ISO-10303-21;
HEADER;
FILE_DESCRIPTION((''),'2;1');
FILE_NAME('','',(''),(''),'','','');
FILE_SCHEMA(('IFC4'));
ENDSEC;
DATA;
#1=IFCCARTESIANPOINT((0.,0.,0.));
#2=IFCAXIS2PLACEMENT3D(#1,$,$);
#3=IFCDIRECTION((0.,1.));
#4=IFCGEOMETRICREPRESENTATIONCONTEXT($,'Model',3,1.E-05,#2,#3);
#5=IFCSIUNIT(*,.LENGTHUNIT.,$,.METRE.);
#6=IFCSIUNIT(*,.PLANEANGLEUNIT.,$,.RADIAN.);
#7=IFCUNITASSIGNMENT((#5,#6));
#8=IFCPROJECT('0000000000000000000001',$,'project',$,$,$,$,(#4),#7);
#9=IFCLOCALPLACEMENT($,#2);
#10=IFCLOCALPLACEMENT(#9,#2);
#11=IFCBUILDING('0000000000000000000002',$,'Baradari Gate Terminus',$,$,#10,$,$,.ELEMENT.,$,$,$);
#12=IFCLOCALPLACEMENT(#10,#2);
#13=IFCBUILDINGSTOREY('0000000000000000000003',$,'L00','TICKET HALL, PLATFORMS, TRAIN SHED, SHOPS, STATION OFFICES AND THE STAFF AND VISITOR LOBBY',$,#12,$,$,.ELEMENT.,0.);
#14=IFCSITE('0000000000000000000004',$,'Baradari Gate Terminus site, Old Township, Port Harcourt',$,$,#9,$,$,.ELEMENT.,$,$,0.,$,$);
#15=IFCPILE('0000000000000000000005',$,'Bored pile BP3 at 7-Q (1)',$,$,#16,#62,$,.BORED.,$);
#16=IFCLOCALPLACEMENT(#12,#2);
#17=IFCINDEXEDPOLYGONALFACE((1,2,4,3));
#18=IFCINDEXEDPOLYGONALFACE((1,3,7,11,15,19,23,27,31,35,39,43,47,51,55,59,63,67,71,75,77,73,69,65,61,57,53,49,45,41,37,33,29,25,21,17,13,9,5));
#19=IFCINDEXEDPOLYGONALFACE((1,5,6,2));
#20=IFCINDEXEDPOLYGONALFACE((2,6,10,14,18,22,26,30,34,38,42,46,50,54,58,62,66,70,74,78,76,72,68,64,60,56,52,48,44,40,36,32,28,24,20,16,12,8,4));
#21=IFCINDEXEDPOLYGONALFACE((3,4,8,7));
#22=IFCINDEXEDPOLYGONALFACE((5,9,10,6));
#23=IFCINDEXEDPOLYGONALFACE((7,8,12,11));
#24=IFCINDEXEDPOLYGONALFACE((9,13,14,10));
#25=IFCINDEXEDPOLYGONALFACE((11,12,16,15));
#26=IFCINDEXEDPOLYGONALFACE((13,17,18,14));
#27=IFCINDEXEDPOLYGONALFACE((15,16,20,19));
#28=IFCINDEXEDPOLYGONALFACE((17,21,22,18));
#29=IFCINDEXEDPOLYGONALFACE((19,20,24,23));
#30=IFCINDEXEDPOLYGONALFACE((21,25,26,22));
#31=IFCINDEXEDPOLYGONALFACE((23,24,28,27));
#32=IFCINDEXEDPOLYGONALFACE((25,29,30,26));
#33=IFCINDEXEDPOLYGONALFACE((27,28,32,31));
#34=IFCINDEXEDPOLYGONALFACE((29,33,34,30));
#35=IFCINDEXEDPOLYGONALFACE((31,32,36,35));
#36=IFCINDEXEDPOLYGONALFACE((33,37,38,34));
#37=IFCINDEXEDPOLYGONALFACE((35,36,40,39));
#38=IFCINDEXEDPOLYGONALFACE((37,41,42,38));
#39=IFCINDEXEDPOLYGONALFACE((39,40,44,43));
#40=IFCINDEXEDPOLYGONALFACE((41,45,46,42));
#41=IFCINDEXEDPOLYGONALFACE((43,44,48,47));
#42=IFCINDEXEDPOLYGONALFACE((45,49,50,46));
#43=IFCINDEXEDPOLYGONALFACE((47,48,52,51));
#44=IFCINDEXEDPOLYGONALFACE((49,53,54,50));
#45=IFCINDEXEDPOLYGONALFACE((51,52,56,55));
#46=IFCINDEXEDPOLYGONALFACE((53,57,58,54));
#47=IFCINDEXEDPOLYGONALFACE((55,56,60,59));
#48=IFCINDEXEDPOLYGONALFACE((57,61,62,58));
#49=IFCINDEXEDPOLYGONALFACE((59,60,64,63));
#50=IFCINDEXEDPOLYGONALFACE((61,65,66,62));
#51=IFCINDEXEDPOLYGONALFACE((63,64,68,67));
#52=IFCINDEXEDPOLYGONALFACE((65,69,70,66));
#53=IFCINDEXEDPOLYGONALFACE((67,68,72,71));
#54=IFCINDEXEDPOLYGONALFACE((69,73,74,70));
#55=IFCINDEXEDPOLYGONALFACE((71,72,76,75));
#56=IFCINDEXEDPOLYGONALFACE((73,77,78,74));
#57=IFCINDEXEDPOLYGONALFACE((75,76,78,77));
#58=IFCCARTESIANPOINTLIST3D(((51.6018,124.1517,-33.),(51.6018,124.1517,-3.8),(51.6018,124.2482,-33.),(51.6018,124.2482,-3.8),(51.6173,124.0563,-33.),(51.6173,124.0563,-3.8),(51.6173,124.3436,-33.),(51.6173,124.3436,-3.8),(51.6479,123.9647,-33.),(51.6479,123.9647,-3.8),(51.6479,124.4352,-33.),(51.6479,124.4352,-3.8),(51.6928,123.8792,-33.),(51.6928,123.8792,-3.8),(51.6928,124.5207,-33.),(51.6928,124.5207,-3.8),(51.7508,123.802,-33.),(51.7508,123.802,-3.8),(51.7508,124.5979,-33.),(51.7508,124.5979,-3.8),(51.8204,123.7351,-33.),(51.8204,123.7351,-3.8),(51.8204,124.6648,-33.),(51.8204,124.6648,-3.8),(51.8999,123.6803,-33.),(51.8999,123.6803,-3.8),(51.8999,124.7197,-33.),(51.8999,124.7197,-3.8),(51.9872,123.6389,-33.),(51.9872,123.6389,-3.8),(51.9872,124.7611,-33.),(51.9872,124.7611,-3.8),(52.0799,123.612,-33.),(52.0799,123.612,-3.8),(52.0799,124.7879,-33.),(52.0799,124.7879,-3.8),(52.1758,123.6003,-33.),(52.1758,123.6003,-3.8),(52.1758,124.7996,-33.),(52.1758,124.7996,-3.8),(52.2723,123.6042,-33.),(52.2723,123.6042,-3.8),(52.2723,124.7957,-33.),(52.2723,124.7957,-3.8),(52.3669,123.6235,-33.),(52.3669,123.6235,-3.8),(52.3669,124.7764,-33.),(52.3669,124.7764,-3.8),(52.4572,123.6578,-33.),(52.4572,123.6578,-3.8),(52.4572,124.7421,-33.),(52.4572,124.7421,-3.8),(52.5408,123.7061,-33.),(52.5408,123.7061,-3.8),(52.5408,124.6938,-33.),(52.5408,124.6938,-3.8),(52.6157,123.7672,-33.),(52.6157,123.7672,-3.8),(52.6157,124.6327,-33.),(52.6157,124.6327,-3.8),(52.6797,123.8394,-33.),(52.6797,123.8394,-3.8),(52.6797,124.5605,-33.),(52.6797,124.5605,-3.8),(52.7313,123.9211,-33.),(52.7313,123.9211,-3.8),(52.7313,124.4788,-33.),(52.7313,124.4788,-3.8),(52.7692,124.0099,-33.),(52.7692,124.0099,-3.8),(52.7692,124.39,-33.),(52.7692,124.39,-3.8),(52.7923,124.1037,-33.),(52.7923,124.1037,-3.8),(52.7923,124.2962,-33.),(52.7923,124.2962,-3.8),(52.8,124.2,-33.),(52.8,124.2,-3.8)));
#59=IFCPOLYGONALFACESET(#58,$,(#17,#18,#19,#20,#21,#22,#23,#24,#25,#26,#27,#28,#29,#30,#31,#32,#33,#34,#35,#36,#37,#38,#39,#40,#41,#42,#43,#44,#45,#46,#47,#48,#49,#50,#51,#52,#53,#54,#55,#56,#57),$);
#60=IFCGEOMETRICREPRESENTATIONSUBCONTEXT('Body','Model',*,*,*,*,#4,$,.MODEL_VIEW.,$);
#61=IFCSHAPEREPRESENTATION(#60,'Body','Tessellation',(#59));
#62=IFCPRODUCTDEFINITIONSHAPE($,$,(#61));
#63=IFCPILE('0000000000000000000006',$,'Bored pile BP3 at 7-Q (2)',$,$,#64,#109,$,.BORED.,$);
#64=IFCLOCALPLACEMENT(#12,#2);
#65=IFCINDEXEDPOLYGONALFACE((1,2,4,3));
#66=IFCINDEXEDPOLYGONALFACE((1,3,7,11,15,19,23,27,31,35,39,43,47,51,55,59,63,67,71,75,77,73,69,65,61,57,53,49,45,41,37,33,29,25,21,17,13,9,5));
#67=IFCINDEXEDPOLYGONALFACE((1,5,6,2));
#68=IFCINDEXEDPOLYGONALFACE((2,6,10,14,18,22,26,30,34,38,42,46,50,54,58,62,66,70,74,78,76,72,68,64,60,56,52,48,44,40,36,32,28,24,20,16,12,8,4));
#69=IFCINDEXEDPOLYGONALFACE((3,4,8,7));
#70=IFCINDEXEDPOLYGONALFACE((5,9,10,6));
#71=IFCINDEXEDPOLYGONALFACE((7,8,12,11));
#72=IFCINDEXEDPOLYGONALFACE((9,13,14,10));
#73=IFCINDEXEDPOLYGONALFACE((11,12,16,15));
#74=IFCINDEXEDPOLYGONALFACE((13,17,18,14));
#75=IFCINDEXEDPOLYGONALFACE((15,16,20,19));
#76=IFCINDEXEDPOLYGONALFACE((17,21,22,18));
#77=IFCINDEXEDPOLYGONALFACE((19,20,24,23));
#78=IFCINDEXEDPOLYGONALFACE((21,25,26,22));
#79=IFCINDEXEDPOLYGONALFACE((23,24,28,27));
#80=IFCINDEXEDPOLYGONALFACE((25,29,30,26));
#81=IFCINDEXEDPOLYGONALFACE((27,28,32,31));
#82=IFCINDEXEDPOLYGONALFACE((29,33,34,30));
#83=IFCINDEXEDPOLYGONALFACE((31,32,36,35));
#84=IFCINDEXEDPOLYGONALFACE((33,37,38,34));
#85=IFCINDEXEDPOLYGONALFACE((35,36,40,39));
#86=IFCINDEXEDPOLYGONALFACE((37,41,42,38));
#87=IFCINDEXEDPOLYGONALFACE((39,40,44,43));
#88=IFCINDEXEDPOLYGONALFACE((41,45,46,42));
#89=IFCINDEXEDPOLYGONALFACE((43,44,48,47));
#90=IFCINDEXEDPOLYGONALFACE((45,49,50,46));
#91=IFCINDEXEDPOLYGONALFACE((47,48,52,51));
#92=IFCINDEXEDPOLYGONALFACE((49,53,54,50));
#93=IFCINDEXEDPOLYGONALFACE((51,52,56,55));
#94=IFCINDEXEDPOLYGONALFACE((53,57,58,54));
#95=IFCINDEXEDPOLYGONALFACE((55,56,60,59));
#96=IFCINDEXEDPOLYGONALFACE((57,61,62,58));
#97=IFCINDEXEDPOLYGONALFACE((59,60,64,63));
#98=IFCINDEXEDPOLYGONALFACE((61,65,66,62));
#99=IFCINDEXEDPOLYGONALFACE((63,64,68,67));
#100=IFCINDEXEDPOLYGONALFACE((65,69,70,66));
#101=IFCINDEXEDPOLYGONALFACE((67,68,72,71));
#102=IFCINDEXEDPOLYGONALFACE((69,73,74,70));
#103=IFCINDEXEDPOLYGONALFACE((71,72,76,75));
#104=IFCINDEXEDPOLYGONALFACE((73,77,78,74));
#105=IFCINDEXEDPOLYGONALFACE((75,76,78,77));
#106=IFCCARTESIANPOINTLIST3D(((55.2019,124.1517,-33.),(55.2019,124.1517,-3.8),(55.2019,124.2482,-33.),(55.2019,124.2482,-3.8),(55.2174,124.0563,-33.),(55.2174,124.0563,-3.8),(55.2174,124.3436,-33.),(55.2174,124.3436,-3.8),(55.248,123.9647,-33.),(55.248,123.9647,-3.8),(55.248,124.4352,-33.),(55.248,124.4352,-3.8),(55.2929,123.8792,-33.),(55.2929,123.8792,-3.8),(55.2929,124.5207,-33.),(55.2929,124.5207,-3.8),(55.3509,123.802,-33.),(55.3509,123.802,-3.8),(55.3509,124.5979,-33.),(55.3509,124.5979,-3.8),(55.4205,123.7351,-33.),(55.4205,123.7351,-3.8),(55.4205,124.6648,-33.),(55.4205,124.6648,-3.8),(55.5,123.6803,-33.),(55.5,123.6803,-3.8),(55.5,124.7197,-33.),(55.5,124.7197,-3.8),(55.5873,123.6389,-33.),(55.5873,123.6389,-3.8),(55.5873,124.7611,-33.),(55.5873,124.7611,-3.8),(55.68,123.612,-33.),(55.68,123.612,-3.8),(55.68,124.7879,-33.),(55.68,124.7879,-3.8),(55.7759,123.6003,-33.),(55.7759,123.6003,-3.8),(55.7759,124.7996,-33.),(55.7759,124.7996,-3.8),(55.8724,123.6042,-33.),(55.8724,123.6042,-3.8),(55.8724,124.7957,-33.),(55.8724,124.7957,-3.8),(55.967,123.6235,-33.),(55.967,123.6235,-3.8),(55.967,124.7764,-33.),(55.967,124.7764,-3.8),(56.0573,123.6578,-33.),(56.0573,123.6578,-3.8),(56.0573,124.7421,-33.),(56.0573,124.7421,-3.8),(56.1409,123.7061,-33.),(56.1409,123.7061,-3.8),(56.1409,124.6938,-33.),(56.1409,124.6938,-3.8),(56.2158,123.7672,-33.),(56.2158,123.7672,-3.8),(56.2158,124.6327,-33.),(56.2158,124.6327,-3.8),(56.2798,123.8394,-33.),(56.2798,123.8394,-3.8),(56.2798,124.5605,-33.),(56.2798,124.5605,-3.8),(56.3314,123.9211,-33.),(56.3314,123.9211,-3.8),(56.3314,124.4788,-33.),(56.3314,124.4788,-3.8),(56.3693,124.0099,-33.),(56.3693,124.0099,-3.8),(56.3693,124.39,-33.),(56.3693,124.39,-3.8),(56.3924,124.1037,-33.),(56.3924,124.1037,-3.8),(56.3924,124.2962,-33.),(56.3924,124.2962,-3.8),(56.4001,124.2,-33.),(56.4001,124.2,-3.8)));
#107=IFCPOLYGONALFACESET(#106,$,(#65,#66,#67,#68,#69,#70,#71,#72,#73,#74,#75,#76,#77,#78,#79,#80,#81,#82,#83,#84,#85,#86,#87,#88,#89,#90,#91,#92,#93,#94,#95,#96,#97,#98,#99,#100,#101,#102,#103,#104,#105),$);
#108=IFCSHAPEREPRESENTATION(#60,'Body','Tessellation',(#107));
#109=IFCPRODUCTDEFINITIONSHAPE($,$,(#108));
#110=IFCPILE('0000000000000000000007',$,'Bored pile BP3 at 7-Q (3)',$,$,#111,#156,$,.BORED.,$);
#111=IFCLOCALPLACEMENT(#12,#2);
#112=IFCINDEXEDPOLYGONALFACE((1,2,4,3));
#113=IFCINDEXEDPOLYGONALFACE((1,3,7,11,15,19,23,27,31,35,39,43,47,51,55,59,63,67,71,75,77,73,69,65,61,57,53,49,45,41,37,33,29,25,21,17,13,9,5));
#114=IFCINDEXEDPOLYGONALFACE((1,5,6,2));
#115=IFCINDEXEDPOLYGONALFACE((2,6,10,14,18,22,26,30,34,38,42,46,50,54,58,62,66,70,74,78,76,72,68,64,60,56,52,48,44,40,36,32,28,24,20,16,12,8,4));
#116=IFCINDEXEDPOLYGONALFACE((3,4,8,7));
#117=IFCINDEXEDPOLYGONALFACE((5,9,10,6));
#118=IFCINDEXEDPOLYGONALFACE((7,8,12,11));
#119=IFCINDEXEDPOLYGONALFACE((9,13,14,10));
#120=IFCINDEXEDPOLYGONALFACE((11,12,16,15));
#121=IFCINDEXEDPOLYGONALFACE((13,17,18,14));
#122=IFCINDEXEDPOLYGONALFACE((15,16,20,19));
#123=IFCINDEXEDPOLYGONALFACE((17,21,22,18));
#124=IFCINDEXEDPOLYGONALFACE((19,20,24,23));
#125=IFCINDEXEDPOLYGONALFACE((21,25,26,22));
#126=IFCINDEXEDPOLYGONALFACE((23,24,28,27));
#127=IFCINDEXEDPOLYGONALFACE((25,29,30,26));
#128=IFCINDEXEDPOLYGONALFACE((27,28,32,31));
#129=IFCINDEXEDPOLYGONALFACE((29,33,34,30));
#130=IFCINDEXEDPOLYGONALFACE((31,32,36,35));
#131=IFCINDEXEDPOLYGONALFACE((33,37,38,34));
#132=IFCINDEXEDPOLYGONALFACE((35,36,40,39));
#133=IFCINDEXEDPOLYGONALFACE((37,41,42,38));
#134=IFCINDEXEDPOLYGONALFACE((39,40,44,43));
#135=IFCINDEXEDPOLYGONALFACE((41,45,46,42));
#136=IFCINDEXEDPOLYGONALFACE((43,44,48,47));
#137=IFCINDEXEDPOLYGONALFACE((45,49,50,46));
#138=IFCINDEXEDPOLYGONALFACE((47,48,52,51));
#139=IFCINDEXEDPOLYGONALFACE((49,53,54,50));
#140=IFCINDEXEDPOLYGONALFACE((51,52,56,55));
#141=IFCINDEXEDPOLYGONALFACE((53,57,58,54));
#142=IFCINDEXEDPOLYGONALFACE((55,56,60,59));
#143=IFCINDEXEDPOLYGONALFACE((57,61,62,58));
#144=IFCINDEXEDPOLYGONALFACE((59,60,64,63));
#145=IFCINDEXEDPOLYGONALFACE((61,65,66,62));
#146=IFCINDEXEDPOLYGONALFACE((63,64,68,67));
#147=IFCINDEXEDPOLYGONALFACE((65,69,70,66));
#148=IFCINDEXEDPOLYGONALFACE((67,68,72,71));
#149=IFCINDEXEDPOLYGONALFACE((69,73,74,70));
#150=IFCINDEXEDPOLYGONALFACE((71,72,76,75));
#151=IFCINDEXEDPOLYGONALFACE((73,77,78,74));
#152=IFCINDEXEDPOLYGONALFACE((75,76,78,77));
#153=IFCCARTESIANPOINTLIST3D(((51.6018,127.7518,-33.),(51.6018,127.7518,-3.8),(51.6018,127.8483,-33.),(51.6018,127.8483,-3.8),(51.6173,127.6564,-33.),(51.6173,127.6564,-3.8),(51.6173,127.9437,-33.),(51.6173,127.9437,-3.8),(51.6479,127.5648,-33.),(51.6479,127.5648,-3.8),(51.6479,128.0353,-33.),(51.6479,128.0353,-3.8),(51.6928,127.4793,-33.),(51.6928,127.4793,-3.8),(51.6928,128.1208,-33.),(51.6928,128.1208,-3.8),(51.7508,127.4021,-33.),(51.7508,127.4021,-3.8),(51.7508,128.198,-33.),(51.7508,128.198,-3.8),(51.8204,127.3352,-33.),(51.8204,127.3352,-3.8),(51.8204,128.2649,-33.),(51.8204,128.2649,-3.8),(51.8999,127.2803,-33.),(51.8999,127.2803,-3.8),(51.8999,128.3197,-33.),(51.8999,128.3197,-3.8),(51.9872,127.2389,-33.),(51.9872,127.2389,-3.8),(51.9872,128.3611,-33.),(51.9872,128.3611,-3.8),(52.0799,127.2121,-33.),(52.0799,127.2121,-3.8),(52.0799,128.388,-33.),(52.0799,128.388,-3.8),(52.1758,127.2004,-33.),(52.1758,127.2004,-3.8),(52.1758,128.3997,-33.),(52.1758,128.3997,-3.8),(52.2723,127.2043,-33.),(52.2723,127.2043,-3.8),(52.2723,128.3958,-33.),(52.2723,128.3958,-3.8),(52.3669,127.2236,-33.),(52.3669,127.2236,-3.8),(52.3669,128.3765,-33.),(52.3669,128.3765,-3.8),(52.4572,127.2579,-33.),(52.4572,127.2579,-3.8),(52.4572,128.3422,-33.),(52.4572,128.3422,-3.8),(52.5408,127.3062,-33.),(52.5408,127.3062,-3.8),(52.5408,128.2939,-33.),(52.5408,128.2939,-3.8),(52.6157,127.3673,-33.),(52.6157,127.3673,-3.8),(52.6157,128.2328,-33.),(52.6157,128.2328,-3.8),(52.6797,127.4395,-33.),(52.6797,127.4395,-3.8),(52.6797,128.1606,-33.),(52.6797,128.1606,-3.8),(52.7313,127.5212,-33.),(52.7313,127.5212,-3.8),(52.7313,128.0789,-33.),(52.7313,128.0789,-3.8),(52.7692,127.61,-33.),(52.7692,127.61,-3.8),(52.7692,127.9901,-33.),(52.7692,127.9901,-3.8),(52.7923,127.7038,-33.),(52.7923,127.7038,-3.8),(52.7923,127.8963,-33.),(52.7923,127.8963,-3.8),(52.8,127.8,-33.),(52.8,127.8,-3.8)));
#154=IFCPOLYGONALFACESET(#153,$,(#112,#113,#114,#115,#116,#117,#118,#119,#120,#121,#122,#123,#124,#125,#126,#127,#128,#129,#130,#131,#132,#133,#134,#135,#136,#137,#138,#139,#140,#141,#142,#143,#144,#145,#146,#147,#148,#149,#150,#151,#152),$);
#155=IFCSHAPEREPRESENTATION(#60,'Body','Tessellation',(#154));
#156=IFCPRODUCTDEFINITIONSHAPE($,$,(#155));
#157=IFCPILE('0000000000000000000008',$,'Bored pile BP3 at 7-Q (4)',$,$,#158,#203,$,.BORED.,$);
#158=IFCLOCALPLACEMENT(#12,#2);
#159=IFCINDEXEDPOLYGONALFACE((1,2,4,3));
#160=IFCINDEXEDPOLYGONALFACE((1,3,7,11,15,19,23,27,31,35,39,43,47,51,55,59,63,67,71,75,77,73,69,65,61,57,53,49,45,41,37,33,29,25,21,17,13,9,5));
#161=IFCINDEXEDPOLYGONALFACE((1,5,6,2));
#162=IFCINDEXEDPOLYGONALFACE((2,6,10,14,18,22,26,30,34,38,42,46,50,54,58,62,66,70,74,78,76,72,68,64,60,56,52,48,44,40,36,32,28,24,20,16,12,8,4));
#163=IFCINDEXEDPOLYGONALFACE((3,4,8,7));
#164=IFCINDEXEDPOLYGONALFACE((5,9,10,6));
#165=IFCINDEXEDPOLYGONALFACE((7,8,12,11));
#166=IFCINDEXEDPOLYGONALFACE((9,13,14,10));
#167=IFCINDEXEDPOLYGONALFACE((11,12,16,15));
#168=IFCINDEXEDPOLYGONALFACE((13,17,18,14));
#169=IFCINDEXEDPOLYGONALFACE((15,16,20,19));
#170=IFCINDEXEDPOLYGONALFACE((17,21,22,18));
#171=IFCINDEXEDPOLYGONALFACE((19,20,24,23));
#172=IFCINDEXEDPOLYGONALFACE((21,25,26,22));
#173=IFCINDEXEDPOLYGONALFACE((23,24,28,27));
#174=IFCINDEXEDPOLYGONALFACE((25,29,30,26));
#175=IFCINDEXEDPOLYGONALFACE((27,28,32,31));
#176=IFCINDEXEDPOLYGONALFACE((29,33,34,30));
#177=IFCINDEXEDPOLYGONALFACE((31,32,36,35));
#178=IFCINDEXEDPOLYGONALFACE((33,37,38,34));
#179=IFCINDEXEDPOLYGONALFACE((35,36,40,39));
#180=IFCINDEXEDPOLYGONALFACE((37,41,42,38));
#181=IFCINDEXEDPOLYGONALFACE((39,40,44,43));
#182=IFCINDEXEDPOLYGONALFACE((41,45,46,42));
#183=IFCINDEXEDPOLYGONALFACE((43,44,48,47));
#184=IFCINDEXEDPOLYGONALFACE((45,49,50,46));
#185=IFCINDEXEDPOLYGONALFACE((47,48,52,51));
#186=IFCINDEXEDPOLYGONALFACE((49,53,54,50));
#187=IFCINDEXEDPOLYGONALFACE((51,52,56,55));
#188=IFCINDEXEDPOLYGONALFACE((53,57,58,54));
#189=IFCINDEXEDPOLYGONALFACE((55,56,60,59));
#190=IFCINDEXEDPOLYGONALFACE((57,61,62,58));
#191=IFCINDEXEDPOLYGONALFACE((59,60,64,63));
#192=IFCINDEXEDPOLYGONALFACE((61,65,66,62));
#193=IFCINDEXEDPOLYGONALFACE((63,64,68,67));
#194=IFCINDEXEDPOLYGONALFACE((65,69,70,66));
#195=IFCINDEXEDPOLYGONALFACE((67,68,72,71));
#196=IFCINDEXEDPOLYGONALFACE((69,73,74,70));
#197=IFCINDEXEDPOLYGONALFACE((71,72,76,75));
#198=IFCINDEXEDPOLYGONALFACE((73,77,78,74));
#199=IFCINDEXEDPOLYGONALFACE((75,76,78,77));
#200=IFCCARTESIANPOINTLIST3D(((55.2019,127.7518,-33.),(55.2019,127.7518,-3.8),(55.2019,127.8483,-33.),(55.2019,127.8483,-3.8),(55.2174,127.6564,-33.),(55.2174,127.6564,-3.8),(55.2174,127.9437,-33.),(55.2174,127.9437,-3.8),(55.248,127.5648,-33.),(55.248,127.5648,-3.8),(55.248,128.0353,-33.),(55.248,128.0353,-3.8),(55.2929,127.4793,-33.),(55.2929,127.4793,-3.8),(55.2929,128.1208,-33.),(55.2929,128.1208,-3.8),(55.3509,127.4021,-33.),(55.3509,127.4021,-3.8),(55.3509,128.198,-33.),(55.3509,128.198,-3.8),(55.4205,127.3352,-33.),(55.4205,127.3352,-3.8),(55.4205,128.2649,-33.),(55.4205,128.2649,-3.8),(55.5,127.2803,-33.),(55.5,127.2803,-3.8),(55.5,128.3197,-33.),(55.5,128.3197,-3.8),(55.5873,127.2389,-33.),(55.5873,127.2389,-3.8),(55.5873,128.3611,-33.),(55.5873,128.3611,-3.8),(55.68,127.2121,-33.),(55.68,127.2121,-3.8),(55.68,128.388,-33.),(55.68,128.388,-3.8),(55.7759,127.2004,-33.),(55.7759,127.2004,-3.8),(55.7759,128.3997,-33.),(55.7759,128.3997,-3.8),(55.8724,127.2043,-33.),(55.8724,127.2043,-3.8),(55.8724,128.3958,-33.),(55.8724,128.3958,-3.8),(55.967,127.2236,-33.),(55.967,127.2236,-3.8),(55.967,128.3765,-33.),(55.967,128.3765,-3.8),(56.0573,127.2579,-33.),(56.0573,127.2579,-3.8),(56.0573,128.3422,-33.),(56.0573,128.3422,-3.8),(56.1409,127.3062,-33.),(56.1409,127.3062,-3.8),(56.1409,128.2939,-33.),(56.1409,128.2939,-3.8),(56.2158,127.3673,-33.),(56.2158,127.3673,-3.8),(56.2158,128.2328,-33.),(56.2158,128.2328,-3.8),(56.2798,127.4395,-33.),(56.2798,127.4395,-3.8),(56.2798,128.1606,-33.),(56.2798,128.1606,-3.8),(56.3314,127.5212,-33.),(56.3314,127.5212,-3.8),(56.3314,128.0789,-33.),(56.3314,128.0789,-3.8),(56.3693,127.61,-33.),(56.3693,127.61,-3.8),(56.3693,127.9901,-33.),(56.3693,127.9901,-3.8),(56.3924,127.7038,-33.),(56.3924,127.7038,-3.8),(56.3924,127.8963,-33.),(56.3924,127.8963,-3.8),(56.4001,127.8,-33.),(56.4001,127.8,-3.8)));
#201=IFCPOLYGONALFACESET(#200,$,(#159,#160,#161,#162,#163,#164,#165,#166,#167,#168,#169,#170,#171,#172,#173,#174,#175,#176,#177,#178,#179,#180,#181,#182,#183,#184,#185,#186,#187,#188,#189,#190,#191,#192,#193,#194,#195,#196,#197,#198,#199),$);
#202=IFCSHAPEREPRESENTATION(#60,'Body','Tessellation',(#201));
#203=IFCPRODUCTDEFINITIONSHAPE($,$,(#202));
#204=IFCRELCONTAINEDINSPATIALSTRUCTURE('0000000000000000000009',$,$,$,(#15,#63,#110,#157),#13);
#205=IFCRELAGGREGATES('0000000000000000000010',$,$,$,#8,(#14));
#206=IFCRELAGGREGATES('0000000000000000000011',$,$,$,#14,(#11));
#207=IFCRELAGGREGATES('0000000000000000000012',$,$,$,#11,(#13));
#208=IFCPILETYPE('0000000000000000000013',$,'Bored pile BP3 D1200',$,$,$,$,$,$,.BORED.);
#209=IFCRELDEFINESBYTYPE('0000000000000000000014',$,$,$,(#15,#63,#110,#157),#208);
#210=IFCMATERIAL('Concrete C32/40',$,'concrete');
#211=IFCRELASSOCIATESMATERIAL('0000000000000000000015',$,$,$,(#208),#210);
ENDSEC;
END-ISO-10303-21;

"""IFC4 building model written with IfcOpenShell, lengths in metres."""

from ifc_helpers import new_model, si_unit, direction, frame, origin, origin_2d, place, context, subcontext, project, spatial, circle, extrude, material, type_object, element, save


model = new_model("IFC4")

# Units and contexts
model_context = context("Model", 3, precision=1e-05, world=origin(), true_north=direction((0.0, 1.0)))
body_context = subcontext(model_context, "Body", "Model", "MODEL_VIEW")
ifc_project = project(units=[si_unit("LENGTHUNIT", "METRE"), si_unit("PLANEANGLEUNIT", "RADIAN")], contexts=[model_context])

# Site, building, storey
site_placement = place(None, origin())
site = spatial("IfcSite", under=ifc_project, at=site_placement, Name="Baradari Gate Terminus site, Old Township, Port Harcourt", CompositionType="ELEMENT", RefElevation=0.0)
building_placement = place(site_placement, origin())
building = spatial("IfcBuilding", under=site, at=building_placement, Name="Baradari Gate Terminus", CompositionType="ELEMENT")
storey_placement = place(building_placement, origin())
storey = spatial("IfcBuildingStorey", under=building, at=storey_placement, Name="L00", Description="TICKET HALL, PLATFORMS, TRAIN SHED, SHOPS, STATION OFFICES AND THE STAFF AND VISITOR LOBBY", CompositionType="ELEMENT", Elevation=0.0)

# Piles
ifc_material_1 = material(Name="Concrete C32/40", Category="concrete")
pile_type_1 = type_object("IfcPileType", Name="Bored pile BP3 D1200", PredefinedType="BORED", material=ifc_material_1)
for number, where, z_axis, x_axis, name in (
    (1, (52.2, 124.2, -3.8), (0.0, 0.0, -1.0), (1.0, 0.0, 0.0), "Bored pile BP3 at 7-Q (1)"),
    (2, (55.8, 124.2, -3.8), (0.0, 0.0, -1.0), (1.0, 0.0, 0.0), "Bored pile BP3 at 7-Q (2)"),
    (3, (52.2, 127.8, -3.8), (0.0, 0.0, -1.0), (1.0, 0.0, 0.0), "Bored pile BP3 at 7-Q (3)"),
    (4, (55.8, 127.8, -3.8), (0.0, 0.0, -1.0), (1.0, 0.0, 0.0), "Bored pile BP3 at 7-Q (4)"),
):
    element("IfcPile", number, at=place(storey_placement, frame(where, z_axis=z_axis, x_axis=x_axis)), inside=storey, type_object=pile_type_1, Name=name, PredefinedType="BORED", context=body_context, shape_type="SweptSolid", body=[
        extrude(circle(Radius=0.6001, at=origin_2d()), origin(), (0.0, 0.0, 1.0), 29.2),
    ])

save(model, "model.ifc")
